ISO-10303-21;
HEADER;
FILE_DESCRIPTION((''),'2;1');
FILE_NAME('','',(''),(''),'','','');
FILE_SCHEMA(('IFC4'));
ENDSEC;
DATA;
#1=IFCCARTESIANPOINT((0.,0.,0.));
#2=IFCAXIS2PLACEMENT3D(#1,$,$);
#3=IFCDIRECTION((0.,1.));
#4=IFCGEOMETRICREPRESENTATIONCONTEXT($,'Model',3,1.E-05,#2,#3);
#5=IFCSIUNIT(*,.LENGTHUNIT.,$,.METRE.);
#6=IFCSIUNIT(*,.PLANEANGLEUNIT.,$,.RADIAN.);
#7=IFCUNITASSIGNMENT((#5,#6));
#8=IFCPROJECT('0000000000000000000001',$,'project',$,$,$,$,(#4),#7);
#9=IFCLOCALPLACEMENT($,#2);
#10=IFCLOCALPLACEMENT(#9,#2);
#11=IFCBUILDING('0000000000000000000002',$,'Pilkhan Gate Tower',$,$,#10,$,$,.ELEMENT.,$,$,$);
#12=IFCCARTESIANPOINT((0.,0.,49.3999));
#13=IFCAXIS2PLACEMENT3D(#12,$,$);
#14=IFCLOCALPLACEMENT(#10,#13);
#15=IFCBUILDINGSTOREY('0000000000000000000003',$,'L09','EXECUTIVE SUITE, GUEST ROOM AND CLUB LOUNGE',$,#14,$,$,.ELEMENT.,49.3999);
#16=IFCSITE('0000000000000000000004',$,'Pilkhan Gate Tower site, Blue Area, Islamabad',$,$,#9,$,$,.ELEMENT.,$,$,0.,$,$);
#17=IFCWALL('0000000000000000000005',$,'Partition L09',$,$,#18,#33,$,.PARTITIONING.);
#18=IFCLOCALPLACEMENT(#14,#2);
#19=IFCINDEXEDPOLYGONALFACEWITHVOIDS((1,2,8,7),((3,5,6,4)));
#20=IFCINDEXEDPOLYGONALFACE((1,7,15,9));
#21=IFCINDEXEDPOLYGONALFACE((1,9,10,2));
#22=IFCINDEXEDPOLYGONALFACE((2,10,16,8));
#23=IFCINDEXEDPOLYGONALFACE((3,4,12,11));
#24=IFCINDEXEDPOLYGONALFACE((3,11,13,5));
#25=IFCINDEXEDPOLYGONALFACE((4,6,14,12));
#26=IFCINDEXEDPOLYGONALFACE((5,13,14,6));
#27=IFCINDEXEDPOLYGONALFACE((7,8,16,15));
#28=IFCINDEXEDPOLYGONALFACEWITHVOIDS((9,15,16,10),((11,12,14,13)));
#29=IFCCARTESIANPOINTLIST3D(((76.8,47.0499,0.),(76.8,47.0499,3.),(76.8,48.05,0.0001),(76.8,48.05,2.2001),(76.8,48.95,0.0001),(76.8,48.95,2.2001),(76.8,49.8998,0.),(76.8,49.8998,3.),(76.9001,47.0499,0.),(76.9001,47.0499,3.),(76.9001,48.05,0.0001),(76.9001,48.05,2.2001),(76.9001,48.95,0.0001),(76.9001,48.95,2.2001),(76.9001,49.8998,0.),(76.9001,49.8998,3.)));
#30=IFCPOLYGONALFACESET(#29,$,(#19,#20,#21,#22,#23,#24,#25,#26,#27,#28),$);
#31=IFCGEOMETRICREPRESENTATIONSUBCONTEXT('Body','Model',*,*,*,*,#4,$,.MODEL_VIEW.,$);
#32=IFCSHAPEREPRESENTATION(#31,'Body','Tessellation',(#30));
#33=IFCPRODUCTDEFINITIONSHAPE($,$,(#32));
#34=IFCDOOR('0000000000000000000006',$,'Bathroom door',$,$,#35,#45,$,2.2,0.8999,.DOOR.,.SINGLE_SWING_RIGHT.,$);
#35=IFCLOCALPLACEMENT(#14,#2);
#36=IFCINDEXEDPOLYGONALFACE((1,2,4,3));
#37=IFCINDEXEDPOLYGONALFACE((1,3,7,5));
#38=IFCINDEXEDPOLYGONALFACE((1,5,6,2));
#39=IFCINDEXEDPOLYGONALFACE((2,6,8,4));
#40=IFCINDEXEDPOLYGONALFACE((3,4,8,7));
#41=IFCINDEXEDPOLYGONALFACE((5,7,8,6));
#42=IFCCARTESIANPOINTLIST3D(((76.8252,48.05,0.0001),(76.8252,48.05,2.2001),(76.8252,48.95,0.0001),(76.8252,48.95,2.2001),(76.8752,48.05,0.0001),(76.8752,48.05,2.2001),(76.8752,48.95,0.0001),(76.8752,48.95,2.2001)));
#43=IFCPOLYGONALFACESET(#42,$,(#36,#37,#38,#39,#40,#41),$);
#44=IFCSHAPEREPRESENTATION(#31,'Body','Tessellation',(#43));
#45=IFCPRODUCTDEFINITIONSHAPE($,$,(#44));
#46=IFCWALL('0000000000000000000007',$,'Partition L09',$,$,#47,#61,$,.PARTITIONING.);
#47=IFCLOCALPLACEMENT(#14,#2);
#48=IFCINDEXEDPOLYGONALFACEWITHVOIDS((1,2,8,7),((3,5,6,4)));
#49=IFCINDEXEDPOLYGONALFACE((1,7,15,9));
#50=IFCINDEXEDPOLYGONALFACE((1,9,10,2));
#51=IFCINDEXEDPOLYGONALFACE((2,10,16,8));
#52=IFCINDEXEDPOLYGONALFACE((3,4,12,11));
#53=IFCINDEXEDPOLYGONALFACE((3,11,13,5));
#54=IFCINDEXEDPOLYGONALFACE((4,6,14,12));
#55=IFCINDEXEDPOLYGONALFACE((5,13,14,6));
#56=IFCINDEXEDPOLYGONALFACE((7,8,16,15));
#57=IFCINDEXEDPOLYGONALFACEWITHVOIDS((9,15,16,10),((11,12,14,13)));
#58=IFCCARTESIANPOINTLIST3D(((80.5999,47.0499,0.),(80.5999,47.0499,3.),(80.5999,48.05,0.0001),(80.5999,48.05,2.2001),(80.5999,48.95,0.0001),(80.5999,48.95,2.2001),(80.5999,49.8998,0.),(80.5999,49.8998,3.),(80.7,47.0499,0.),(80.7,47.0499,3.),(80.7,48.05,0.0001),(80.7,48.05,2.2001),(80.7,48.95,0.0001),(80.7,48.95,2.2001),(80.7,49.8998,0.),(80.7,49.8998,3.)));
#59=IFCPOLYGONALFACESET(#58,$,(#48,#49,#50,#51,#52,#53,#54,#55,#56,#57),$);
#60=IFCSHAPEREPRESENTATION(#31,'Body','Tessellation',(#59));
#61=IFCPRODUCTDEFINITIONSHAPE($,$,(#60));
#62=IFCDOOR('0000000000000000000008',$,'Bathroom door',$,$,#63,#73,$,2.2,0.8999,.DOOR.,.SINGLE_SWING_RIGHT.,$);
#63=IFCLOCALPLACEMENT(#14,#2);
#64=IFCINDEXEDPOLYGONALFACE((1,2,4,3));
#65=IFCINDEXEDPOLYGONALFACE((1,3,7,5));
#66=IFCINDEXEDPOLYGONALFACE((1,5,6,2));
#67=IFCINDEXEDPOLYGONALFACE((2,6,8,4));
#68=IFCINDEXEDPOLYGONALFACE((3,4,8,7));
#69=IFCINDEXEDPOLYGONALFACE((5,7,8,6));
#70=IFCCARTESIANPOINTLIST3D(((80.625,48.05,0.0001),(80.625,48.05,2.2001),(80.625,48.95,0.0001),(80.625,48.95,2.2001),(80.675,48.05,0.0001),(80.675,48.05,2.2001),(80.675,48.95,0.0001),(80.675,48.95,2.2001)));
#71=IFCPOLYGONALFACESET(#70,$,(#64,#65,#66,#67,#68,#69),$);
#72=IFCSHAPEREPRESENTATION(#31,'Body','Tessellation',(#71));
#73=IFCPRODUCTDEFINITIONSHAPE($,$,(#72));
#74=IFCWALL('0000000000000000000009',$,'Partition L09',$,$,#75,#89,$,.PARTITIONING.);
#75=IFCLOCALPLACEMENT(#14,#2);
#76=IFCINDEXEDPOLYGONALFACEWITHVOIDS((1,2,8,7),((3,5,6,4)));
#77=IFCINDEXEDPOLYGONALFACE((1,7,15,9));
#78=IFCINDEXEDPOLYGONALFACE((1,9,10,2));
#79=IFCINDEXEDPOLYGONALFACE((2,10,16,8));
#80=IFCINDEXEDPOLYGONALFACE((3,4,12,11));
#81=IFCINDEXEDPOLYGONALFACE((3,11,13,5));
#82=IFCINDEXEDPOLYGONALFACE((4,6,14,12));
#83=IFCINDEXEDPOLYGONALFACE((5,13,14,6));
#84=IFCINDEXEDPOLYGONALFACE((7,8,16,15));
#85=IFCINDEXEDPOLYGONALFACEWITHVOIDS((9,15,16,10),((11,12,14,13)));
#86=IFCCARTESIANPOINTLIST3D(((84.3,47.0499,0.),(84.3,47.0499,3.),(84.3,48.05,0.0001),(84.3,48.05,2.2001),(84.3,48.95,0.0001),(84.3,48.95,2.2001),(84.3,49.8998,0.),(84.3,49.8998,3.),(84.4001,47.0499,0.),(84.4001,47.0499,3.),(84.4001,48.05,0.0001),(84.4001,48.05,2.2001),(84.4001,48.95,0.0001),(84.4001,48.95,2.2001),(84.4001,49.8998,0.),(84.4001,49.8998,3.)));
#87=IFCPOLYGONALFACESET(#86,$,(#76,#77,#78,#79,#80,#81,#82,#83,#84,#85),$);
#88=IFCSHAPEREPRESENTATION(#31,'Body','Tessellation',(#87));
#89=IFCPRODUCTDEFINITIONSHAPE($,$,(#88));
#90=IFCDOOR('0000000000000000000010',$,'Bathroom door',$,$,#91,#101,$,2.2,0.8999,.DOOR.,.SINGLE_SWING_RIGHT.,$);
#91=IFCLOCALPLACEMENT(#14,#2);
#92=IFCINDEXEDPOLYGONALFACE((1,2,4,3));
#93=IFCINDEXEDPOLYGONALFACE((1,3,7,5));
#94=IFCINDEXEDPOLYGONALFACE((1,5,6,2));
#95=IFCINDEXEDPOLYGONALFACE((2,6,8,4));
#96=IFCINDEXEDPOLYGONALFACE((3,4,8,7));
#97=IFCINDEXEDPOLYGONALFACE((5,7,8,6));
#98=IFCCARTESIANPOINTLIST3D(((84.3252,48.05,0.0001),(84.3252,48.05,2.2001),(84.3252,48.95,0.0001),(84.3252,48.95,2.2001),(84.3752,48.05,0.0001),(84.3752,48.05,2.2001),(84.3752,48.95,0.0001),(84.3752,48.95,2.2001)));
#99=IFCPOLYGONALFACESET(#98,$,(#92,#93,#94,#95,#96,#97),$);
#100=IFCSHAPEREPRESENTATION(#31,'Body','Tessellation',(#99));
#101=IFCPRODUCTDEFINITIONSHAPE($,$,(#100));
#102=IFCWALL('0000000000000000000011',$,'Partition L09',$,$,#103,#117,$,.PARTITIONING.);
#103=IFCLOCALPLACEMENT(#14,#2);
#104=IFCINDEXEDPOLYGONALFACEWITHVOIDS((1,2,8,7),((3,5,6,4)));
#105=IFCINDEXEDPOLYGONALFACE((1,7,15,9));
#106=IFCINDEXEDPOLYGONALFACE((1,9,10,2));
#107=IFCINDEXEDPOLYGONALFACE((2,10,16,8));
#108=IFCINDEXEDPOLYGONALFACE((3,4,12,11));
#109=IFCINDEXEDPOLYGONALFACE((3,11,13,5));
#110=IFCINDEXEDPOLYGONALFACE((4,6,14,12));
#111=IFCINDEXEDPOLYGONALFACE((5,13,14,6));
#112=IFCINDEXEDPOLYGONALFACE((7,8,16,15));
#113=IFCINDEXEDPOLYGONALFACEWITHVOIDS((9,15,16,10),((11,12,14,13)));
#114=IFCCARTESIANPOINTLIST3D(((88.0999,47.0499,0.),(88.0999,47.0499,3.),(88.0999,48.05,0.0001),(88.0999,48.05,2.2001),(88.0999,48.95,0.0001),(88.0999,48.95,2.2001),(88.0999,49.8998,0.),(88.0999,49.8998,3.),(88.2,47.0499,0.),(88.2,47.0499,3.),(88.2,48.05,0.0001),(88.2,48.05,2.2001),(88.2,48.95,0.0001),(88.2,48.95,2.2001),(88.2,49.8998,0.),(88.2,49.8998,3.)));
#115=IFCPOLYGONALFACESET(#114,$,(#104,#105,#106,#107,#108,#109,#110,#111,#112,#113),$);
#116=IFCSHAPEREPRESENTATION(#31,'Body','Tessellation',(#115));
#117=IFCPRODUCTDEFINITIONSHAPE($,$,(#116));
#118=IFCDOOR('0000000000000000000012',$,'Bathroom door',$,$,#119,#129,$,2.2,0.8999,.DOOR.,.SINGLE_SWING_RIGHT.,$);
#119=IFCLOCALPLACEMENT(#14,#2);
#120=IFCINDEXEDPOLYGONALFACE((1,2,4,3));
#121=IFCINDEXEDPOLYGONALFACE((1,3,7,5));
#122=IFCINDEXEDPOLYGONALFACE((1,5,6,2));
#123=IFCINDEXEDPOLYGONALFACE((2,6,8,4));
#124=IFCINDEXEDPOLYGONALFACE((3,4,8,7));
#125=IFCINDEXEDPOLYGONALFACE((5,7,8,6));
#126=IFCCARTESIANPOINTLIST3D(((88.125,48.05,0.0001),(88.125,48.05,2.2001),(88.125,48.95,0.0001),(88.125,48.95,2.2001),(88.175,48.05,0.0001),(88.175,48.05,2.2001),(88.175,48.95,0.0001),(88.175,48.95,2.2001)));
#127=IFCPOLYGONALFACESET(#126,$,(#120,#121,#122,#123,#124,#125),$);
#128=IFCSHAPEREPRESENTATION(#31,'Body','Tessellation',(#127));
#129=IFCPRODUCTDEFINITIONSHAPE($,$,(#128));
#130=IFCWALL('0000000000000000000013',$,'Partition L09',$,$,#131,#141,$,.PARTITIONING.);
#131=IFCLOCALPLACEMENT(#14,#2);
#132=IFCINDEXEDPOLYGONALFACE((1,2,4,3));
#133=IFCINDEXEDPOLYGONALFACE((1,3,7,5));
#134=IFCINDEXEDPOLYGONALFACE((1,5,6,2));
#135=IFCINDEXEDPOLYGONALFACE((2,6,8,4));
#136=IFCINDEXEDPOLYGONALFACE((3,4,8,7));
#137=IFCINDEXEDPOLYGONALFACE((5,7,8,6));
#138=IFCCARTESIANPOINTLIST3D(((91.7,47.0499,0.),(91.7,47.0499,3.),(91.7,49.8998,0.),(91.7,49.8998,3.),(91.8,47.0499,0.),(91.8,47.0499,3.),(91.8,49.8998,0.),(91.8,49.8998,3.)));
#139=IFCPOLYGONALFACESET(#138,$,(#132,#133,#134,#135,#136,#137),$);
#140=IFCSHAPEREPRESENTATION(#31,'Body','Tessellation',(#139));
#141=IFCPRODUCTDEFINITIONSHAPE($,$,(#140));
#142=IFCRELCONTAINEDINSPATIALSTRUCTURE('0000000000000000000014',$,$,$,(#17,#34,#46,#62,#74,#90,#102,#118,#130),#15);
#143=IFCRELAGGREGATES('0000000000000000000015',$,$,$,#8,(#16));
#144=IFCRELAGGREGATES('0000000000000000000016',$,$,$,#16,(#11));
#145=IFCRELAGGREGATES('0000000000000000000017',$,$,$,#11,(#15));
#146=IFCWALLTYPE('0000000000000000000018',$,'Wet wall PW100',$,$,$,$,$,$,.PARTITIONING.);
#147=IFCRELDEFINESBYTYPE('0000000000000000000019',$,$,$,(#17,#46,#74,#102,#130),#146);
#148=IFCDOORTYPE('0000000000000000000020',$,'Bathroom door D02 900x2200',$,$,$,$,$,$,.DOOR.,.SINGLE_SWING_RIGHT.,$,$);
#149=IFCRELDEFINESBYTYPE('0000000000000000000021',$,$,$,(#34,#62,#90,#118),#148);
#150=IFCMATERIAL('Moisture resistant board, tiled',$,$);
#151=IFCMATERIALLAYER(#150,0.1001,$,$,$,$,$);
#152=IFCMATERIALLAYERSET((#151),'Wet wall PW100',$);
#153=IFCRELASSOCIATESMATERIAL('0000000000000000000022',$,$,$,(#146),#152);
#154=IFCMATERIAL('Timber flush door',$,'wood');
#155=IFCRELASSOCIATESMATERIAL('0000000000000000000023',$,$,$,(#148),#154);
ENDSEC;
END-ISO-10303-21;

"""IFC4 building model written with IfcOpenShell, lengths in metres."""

from ifc_helpers import new_model, si_unit, direction, frame, frame_2d, origin, place, context, subcontext, project, spatial, rectangle, extrude, material, layer, layer_set, type_object, element, fill, save


model = new_model("IFC4")

# Units and contexts
model_context = context("Model", 3, precision=1e-05, world=origin(), true_north=direction((0.0, 1.0)))
body_context = subcontext(model_context, "Body", "Model", "MODEL_VIEW")
ifc_project = project(units=[si_unit("LENGTHUNIT", "METRE"), si_unit("PLANEANGLEUNIT", "RADIAN")], contexts=[model_context])

# Site, building, storey
site_placement = place(None, origin())
site = spatial("IfcSite", under=ifc_project, at=site_placement, Name="Pilkhan Gate Tower site, Blue Area, Islamabad", CompositionType="ELEMENT", RefElevation=0.0)
building_placement = place(site_placement, origin())
building = spatial("IfcBuilding", under=site, at=building_placement, Name="Pilkhan Gate Tower", CompositionType="ELEMENT")
storey_placement = place(building_placement, frame((0.0, 0.0, 49.3999)))
storey = spatial("IfcBuildingStorey", under=building, at=storey_placement, Name="L09", Description="EXECUTIVE SUITE, GUEST ROOM AND CLUB LOUNGE", CompositionType="ELEMENT", Elevation=49.3999)

# Shared definitions
ifc_material_1 = material(Name="Moisture resistant board, tiled")
ifc_layer_1 = layer(ifc_material_1, 0.1001)
ifc_layer_set_1 = layer_set([ifc_layer_1], Name="Wet wall PW100")
wall_type_1 = type_object("IfcWallType", Name="Wet wall PW100", PredefinedType="PARTITIONING", material=ifc_layer_set_1)

# Walls, openings, doors
ifc_material_2 = material(Name="Timber flush door", Category="wood")
door_type = type_object("IfcDoorType", Name="Bathroom door D02 900x2200", OperationType="SINGLE_SWING_RIGHT", PredefinedType="DOOR", material=ifc_material_2)
wall_1_placement = place(storey_placement, frame((76.8501, 47.05, 0.0), z_axis=(0.0, 0.0, 1.0), x_axis=(0.0, 1.0, 0.0)))
wall_1 = element("IfcWall", 1, at=wall_1_placement, inside=storey, type_object=wall_type_1, Name="Partition L09", PredefinedType="PARTITIONING", context=body_context, shape_type="SweptSolid", body=[
    extrude(rectangle(XDim=2.8499, YDim=0.1001, at=frame_2d((1.4248, 0.0))), origin(), (0.0, 0.0, 1.0), 3.0),
])
opening_1_placement = place(wall_1_placement, frame((1.0, 0.0, 0.0)))
opening_1 = element("IfcOpeningElement", 2, at=opening_1_placement, cuts=wall_1, PredefinedType="OPENING", context=body_context, shape_type="SweptSolid", body=[
    extrude(rectangle(XDim=0.8999, YDim=2.2, at=frame_2d((0.45, 1.1001))), frame((0.0, 0.0601, 0.0), z_axis=(0.0, -1.0, 0.0), x_axis=(1.0, 0.0, 0.0)), (0.0, 0.0, 1.0), 0.1201),
])
door_1_placement = place(opening_1_placement, origin())
door_1 = element("IfcDoor", 3, at=door_1_placement, inside=storey, type_object=door_type, Name="Bathroom door", OperationType="SINGLE_SWING_RIGHT", OverallHeight=2.2, OverallWidth=0.8999, PredefinedType="DOOR", context=body_context, shape_type="SweptSolid", body=[
    extrude(rectangle(XDim=0.8999, YDim=2.2, at=frame_2d((0.45, 1.1001))), frame((0.0, 0.0249, 0.0), z_axis=(0.0, -1.0, 0.0), x_axis=(1.0, 0.0, 0.0)), (0.0, 0.0, 1.0), 0.05),
])
fill(opening_1, door_1)
wall_2_placement = place(storey_placement, frame((80.6499, 47.05, 0.0), z_axis=(0.0, 0.0, 1.0), x_axis=(0.0, 1.0, 0.0)))
wall_2 = element("IfcWall", 4, at=wall_2_placement, inside=storey, type_object=wall_type_1, Name="Partition L09", PredefinedType="PARTITIONING", context=body_context, shape_type="SweptSolid", body=[
    extrude(rectangle(XDim=2.8499, YDim=0.1001, at=frame_2d((1.4248, 0.0))), origin(), (0.0, 0.0, 1.0), 3.0),
])
opening_2_placement = place(wall_2_placement, frame((1.0, 0.0, 0.0)))
opening_2 = element("IfcOpeningElement", 5, at=opening_2_placement, cuts=wall_2, PredefinedType="OPENING", context=body_context, shape_type="SweptSolid", body=[
    extrude(rectangle(XDim=0.8999, YDim=2.2, at=frame_2d((0.45, 1.1001))), frame((0.0, 0.0601, 0.0), z_axis=(0.0, -1.0, 0.0), x_axis=(1.0, 0.0, 0.0)), (0.0, 0.0, 1.0), 0.1201),
])
door_2_placement = place(opening_2_placement, origin())
door_2 = element("IfcDoor", 6, at=door_2_placement, inside=storey, type_object=door_type, Name="Bathroom door", OperationType="SINGLE_SWING_RIGHT", OverallHeight=2.2, OverallWidth=0.8999, PredefinedType="DOOR", context=body_context, shape_type="SweptSolid", body=[
    extrude(rectangle(XDim=0.8999, YDim=2.2, at=frame_2d((0.45, 1.1001))), frame((0.0, 0.0249, 0.0), z_axis=(0.0, -1.0, 0.0), x_axis=(1.0, 0.0, 0.0)), (0.0, 0.0, 1.0), 0.05),
])
fill(opening_2, door_2)
wall_3_placement = place(storey_placement, frame((84.3501, 47.05, 0.0), z_axis=(0.0, 0.0, 1.0), x_axis=(0.0, 1.0, 0.0)))
wall_3 = element("IfcWall", 7, at=wall_3_placement, inside=storey, type_object=wall_type_1, Name="Partition L09", PredefinedType="PARTITIONING", context=body_context, shape_type="SweptSolid", body=[
    extrude(rectangle(XDim=2.8499, YDim=0.1001, at=frame_2d((1.4248, 0.0))), origin(), (0.0, 0.0, 1.0), 3.0),
])
opening_3_placement = place(wall_3_placement, frame((1.0, 0.0, 0.0)))
opening_3 = element("IfcOpeningElement", 8, at=opening_3_placement, cuts=wall_3, PredefinedType="OPENING", context=body_context, shape_type="SweptSolid", body=[
    extrude(rectangle(XDim=0.8999, YDim=2.2, at=frame_2d((0.45, 1.1001))), frame((0.0, 0.0601, 0.0), z_axis=(0.0, -1.0, 0.0), x_axis=(1.0, 0.0, 0.0)), (0.0, 0.0, 1.0), 0.1201),
])
door_3_placement = place(opening_3_placement, origin())
door_3 = element("IfcDoor", 9, at=door_3_placement, inside=storey, type_object=door_type, Name="Bathroom door", OperationType="SINGLE_SWING_RIGHT", OverallHeight=2.2, OverallWidth=0.8999, PredefinedType="DOOR", context=body_context, shape_type="SweptSolid", body=[
    extrude(rectangle(XDim=0.8999, YDim=2.2, at=frame_2d((0.45, 1.1001))), frame((0.0, 0.0249, 0.0), z_axis=(0.0, -1.0, 0.0), x_axis=(1.0, 0.0, 0.0)), (0.0, 0.0, 1.0), 0.05),
])
fill(opening_3, door_3)
wall_4_placement = place(storey_placement, frame((88.1499, 47.05, 0.0), z_axis=(0.0, 0.0, 1.0), x_axis=(0.0, 1.0, 0.0)))
wall_4 = element("IfcWall", 10, at=wall_4_placement, inside=storey, type_object=wall_type_1, Name="Partition L09", PredefinedType="PARTITIONING", context=body_context, shape_type="SweptSolid", body=[
    extrude(rectangle(XDim=2.8499, YDim=0.1001, at=frame_2d((1.4248, 0.0))), origin(), (0.0, 0.0, 1.0), 3.0),
])
opening_4_placement = place(wall_4_placement, frame((1.0, 0.0, 0.0)))
opening_4 = element("IfcOpeningElement", 11, at=opening_4_placement, cuts=wall_4, PredefinedType="OPENING", context=body_context, shape_type="SweptSolid", body=[
    extrude(rectangle(XDim=0.8999, YDim=2.2, at=frame_2d((0.45, 1.1001))), frame((0.0, 0.0601, 0.0), z_axis=(0.0, -1.0, 0.0), x_axis=(1.0, 0.0, 0.0)), (0.0, 0.0, 1.0), 0.1201),
])
door_4_placement = place(opening_4_placement, origin())
door_4 = element("IfcDoor", 12, at=door_4_placement, inside=storey, type_object=door_type, Name="Bathroom door", OperationType="SINGLE_SWING_RIGHT", OverallHeight=2.2, OverallWidth=0.8999, PredefinedType="DOOR", context=body_context, shape_type="SweptSolid", body=[
    extrude(rectangle(XDim=0.8999, YDim=2.2, at=frame_2d((0.45, 1.1001))), frame((0.0, 0.0249, 0.0), z_axis=(0.0, -1.0, 0.0), x_axis=(1.0, 0.0, 0.0)), (0.0, 0.0, 1.0), 0.05),
])
fill(opening_4, door_4)

# Wall
wall_5_placement = place(storey_placement, frame((91.75, 47.05, 0.0), z_axis=(0.0, 0.0, 1.0), x_axis=(0.0, 1.0, 0.0)))
element("IfcWall", 13, at=wall_5_placement, inside=storey, type_object=wall_type_1, Name="Partition L09", PredefinedType="PARTITIONING", context=body_context, shape_type="SweptSolid", body=[
    extrude(rectangle(XDim=2.8499, YDim=0.1001, at=frame_2d((1.4248, 0.0))), origin(), (0.0, 0.0, 1.0), 3.0),
])

save(model, "model.ifc")
